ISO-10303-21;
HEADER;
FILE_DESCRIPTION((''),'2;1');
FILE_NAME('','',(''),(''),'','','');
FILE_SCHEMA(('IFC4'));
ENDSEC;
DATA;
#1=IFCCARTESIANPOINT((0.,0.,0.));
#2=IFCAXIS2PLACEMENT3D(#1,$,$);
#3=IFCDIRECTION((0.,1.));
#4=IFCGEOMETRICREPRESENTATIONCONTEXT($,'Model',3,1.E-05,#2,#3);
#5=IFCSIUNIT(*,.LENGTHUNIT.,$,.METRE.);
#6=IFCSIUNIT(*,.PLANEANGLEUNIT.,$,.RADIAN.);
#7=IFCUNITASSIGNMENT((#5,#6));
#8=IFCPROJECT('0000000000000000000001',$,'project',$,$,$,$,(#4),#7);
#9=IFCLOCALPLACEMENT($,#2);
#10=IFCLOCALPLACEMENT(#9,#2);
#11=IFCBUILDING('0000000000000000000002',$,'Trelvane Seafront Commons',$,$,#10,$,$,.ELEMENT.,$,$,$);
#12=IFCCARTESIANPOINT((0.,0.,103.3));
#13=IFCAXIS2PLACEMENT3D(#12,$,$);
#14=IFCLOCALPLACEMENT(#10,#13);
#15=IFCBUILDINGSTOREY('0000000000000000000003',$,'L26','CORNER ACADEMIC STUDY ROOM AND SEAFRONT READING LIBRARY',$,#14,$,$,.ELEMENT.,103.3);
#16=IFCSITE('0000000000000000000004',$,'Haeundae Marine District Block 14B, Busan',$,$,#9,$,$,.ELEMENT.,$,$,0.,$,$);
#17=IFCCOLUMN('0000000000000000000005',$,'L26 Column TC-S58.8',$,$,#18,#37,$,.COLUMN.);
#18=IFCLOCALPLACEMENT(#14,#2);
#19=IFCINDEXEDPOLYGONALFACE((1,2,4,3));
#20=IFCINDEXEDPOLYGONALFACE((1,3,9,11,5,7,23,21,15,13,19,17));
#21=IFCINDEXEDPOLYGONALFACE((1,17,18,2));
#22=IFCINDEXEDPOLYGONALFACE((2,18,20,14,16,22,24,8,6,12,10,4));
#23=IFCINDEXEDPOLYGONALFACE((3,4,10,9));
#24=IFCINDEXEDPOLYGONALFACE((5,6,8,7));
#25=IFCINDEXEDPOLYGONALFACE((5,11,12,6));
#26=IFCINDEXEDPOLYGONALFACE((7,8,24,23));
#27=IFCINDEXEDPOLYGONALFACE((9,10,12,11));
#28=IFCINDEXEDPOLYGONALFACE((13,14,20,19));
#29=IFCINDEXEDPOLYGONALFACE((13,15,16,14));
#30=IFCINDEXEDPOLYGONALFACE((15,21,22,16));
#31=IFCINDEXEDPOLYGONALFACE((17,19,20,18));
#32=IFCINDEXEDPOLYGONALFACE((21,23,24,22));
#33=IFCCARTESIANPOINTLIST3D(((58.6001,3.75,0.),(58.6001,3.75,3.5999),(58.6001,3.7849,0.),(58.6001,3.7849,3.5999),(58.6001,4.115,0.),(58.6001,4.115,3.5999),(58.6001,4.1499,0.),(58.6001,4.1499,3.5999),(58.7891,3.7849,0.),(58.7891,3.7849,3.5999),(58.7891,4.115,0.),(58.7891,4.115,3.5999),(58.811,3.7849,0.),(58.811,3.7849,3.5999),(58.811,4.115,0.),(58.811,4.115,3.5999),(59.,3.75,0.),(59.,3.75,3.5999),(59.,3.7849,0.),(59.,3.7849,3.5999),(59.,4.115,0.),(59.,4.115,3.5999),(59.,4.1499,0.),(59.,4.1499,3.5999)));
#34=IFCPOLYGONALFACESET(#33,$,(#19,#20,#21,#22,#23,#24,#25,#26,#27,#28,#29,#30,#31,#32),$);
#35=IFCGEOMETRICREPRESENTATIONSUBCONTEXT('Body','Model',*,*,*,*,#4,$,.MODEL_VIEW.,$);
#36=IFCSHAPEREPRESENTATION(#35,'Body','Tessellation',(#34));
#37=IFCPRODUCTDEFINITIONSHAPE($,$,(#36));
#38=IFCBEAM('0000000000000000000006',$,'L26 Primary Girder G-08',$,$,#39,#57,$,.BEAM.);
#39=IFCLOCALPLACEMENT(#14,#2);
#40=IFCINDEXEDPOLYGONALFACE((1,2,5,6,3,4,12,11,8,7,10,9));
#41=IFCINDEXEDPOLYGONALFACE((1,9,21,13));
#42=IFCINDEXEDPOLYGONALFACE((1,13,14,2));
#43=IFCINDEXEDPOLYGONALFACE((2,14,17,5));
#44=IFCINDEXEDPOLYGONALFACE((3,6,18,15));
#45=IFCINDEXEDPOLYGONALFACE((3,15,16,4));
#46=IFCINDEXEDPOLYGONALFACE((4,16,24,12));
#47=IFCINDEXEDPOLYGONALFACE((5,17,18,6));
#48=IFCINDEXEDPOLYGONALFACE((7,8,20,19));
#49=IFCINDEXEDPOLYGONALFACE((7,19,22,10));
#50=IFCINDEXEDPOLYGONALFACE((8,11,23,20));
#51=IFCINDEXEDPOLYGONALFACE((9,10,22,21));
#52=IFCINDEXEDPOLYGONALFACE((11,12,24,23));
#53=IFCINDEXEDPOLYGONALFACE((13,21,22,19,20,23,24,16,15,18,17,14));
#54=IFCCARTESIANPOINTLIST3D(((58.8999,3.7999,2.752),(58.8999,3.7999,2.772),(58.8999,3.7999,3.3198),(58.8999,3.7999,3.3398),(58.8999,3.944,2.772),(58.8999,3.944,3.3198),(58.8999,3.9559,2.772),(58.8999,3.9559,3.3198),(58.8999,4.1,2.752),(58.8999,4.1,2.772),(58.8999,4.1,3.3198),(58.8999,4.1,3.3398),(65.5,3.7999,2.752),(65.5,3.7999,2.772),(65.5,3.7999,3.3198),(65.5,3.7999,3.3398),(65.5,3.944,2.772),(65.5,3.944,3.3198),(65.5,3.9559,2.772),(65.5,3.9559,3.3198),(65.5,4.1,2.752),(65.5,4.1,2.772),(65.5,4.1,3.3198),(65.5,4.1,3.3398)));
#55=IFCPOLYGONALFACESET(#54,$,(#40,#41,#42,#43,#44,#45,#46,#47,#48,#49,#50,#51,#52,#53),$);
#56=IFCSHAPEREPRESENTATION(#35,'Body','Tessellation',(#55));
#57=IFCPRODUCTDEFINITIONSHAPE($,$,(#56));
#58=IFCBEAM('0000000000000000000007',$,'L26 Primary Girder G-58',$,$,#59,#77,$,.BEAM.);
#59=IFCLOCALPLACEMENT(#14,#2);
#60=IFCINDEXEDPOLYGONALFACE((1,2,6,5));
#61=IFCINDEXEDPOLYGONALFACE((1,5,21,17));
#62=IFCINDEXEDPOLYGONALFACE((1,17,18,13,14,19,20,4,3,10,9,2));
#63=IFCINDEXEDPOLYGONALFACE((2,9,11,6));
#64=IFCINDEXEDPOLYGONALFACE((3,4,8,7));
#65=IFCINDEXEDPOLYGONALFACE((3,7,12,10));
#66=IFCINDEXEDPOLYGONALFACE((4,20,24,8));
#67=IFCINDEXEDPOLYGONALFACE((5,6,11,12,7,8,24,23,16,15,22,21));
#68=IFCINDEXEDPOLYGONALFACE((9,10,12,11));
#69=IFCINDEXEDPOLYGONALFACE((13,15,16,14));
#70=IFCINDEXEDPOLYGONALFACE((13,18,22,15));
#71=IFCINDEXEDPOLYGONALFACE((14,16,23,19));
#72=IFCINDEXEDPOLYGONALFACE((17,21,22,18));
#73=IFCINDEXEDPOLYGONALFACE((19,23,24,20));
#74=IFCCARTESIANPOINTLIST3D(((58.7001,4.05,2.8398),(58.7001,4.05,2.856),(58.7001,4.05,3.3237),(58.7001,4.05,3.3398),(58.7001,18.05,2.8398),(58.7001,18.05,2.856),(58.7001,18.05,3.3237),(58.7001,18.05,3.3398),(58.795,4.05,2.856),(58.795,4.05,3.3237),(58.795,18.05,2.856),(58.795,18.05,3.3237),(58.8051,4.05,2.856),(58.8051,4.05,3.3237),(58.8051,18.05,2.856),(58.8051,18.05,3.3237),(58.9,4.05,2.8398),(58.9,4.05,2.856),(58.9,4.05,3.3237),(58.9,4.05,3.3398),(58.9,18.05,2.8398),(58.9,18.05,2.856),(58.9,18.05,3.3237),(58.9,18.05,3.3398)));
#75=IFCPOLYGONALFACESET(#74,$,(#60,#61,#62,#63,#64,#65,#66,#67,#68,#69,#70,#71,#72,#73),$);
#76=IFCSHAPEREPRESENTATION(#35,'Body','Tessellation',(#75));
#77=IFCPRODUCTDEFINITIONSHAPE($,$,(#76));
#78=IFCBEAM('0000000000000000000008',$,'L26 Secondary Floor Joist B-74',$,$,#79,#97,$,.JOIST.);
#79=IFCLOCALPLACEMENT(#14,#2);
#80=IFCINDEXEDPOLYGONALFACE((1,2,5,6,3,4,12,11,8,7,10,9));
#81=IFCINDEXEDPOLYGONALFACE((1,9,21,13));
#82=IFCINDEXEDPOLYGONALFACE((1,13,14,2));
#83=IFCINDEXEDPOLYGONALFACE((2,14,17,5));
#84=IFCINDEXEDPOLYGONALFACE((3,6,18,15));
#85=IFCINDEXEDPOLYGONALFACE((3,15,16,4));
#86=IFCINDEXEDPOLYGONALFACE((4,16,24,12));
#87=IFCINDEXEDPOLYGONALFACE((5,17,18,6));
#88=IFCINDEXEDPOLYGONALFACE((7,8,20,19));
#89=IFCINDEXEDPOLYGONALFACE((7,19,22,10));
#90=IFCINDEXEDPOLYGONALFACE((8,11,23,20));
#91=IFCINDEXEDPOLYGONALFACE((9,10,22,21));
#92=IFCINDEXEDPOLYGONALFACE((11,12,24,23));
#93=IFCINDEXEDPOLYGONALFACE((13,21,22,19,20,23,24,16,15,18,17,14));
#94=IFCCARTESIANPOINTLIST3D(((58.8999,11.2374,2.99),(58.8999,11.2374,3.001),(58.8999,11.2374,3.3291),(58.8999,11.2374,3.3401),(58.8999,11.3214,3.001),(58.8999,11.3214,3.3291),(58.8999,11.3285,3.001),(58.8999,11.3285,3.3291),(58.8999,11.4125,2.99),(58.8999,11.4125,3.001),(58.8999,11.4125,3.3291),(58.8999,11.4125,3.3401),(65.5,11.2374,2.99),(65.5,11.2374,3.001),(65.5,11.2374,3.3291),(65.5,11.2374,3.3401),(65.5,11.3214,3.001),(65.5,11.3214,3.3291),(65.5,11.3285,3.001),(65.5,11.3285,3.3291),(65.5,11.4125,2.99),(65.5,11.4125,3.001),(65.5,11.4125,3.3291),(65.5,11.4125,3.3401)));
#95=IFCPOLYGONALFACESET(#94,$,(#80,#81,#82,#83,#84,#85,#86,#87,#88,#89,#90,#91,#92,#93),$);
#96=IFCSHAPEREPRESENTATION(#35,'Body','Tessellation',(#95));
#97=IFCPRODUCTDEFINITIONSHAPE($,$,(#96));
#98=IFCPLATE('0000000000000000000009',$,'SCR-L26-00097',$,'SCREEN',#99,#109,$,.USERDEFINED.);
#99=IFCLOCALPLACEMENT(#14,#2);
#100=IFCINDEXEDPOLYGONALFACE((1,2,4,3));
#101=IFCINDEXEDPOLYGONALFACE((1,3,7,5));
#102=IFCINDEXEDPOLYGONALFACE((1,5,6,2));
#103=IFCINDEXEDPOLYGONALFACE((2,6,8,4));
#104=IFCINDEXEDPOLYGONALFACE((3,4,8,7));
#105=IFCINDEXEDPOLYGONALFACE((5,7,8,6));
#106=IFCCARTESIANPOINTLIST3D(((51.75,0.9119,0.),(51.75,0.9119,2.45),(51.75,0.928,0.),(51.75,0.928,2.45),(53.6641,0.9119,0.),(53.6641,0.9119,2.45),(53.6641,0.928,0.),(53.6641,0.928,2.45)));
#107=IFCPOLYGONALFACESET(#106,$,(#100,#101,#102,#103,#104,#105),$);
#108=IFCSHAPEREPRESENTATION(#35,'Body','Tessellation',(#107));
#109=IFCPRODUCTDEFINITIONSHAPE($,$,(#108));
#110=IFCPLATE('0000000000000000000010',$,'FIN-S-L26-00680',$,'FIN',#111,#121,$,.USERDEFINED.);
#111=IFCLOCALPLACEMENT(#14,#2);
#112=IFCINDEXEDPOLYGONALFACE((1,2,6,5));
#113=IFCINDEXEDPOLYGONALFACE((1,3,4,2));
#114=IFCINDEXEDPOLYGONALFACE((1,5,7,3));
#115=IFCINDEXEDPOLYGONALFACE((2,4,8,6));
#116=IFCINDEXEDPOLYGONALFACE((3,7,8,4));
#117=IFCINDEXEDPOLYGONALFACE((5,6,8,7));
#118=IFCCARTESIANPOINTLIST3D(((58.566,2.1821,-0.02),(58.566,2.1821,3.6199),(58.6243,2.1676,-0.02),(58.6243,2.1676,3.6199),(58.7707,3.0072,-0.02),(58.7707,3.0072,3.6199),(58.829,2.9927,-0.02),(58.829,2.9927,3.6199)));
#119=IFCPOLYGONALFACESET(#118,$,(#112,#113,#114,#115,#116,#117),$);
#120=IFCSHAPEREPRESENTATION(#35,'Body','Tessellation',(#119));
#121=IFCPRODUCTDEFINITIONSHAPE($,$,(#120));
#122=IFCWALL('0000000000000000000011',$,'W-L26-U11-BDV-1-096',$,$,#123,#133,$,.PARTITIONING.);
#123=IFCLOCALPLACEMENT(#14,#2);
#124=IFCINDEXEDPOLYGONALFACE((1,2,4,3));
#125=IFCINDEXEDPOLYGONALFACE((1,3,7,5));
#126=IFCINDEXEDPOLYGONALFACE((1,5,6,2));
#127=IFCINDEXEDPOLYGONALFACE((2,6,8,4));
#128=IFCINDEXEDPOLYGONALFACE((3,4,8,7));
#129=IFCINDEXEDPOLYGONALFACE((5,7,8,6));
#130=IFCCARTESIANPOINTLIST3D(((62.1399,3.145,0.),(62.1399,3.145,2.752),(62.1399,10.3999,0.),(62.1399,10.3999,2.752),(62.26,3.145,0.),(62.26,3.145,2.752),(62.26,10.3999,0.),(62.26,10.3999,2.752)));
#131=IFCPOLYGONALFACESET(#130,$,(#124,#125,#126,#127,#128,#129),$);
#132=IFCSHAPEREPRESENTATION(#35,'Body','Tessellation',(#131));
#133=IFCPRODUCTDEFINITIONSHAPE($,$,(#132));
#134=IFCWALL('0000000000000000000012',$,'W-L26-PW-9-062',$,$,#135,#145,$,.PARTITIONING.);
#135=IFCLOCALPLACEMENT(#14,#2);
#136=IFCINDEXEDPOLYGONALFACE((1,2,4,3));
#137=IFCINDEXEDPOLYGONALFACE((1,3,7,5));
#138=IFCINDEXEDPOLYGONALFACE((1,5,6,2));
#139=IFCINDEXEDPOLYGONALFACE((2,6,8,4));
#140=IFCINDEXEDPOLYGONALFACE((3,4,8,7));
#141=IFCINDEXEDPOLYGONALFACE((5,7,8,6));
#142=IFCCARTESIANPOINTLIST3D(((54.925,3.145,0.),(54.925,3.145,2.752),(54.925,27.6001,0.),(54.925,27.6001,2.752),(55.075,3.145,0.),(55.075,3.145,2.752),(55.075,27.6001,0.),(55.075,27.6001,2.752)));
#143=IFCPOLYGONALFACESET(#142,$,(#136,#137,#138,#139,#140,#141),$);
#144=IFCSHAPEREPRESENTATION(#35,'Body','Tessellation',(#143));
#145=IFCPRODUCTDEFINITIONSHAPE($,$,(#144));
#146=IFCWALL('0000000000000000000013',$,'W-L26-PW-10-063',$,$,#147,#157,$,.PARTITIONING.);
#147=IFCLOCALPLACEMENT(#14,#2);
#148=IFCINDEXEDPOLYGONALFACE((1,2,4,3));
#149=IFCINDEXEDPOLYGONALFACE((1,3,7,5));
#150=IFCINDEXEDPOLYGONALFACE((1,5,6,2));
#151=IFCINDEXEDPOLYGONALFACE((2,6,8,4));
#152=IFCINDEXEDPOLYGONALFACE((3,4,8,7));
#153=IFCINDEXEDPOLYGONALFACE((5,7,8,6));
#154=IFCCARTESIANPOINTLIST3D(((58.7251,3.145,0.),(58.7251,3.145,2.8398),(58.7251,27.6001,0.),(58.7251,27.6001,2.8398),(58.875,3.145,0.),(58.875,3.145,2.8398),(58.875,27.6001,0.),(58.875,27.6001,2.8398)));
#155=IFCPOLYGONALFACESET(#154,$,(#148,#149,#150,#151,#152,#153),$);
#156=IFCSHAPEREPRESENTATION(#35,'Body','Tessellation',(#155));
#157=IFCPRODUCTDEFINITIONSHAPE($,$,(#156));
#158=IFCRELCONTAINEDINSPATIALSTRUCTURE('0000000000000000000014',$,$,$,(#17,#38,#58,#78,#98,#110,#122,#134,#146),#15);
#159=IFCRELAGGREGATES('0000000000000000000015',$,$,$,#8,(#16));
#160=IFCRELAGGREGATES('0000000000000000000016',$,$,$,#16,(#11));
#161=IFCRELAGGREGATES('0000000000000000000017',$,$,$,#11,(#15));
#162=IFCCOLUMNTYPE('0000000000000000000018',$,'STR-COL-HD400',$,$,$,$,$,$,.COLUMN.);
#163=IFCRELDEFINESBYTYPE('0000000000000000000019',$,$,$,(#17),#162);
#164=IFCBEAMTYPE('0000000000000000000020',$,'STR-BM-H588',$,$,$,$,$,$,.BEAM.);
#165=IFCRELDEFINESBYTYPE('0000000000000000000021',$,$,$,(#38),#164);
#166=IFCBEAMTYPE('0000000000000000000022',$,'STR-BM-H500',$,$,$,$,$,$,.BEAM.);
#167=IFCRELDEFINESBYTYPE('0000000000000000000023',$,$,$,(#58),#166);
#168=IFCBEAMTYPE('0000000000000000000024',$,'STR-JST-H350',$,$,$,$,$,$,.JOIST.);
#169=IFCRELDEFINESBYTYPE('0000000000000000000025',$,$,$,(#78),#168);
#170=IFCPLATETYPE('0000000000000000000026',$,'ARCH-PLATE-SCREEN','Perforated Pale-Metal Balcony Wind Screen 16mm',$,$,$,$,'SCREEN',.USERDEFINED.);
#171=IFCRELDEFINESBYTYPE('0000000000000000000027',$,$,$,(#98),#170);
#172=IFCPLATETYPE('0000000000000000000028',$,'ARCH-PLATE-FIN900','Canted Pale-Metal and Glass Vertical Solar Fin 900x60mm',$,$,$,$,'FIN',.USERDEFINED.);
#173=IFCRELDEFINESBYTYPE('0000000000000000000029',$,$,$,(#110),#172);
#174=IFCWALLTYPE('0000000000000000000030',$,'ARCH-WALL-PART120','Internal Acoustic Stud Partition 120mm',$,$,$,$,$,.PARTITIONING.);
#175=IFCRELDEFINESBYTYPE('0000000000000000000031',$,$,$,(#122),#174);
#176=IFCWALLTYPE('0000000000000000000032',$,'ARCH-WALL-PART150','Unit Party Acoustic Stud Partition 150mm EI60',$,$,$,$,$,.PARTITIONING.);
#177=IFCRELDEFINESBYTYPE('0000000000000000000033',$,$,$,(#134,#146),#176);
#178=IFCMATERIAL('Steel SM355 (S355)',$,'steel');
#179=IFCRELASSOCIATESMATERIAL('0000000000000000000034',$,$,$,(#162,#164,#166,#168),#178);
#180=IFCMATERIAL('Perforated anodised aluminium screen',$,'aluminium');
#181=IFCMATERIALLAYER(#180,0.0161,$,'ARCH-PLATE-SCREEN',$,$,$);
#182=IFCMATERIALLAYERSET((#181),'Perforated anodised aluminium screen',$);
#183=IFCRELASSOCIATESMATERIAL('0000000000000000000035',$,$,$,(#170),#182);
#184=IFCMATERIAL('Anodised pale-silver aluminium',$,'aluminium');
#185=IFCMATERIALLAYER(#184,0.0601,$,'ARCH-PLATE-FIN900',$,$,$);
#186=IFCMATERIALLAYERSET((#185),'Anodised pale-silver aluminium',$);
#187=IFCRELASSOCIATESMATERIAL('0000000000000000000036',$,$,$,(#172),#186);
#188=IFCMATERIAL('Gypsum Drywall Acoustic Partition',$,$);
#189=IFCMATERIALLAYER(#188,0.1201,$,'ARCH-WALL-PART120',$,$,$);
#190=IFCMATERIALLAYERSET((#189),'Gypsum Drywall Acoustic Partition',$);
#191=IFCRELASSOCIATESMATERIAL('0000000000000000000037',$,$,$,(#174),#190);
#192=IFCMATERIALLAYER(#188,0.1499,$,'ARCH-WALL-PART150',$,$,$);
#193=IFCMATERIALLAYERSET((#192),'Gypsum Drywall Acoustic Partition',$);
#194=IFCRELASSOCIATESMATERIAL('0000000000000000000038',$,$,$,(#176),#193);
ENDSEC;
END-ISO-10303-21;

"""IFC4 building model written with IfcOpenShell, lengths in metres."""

from ifc_helpers import new_model, si_unit, direction, frame, frame_2d, origin, origin_2d, place, context, subcontext, project, spatial, rectangle, i_section, extrude, source, transform, mapped, material, layer, layer_set, material_profile, profile_set, type_object, element, save


model = new_model("IFC4")

# Units and contexts
model_context = context("Model", 3, precision=1e-05, world=origin(), true_north=direction((0.0, 1.0)))
body_context = subcontext(model_context, "Body", "Model", "MODEL_VIEW")
ifc_project = project(units=[si_unit("LENGTHUNIT", "METRE"), si_unit("PLANEANGLEUNIT", "RADIAN")], contexts=[model_context])

# Site, building, storey
site_placement = place(None, origin())
site = spatial("IfcSite", under=ifc_project, at=site_placement, Name="Haeundae Marine District Block 14B, Busan", CompositionType="ELEMENT", RefElevation=0.0)
building_placement = place(site_placement, origin())
building = spatial("IfcBuilding", under=site, at=building_placement, Name="Trelvane Seafront Commons", CompositionType="ELEMENT")
storey_placement = place(building_placement, frame((0.0, 0.0, 103.3)))
storey = spatial("IfcBuildingStorey", under=building, at=storey_placement, Name="L26", Description="CORNER ACADEMIC STUDY ROOM AND SEAFRONT READING LIBRARY", CompositionType="ELEMENT", Elevation=103.3)

# Column
ifc_material_1 = material(Name="Steel SM355 (S355)", Category="steel")
ifc_material_profile_1 = material_profile(ifc_material_1, i_section(OverallWidth=0.3999, OverallDepth=0.3999, WebThickness=0.022, FlangeThickness=0.0349, at=origin_2d()), Name="HD-400x400x22x35")
ifc_profile_set_1 = profile_set([ifc_material_profile_1], Name="Steel SM355 (S355)")
column_type = type_object("IfcColumnType", Name="STR-COL-HD400", PredefinedType="COLUMN", material=ifc_profile_set_1)
shared_shape_1 = source(origin(), body_context, "Body", "SweptSolid", [
    extrude(i_section(OverallWidth=0.3999, OverallDepth=0.3999, WebThickness=0.022, FlangeThickness=0.0349, at=origin_2d()), origin(), (0.0, 0.0, 1.0), 3.5999),
])
column_placement = place(storey_placement, frame((58.8, 3.95, 0.0), z_axis=(0.0, 0.0, 1.0), x_axis=(1.0, 0.0, 0.0)))
element("IfcColumn", 1, at=column_placement, inside=storey, type_object=column_type, Name="L26 Column TC-S58.8", PredefinedType="COLUMN", context=body_context, shape_type="MappedRepresentation", body=[
    mapped(shared_shape_1, transform((0.0, 0.0, 0.0), x_axis=(1.0, 0.0, 0.0), y_axis=(0.0, 1.0, 0.0), z_axis=(0.0, 0.0, 1.0), scale=1.0)),
])

# Beams
ifc_material_profile_2 = material_profile(ifc_material_1, i_section(OverallWidth=0.3, OverallDepth=0.5879, WebThickness=0.012, FlangeThickness=0.02, at=origin_2d()), Name="H-588x300x12x20")
ifc_profile_set_2 = profile_set([ifc_material_profile_2], Name="Steel SM355 (S355)")
beam_type_1 = type_object("IfcBeamType", Name="STR-BM-H588", PredefinedType="BEAM", material=ifc_profile_set_2)
shared_shape_2 = source(origin(), body_context, "Body", "SweptSolid", [
    extrude(i_section(OverallWidth=0.3, OverallDepth=0.5879, WebThickness=0.012, FlangeThickness=0.02, at=origin_2d()), origin(), (0.0, 0.0, 1.0), 6.6001),
])
beam_1_placement = place(storey_placement, frame((58.8999, 3.95, 3.0459), z_axis=(1.0, 0.0, 0.0), x_axis=(0.0, 1.0, 0.0)))
element("IfcBeam", 2, at=beam_1_placement, inside=storey, type_object=beam_type_1, Name="L26 Primary Girder G-08", PredefinedType="BEAM", context=body_context, shape_type="MappedRepresentation", body=[
    mapped(shared_shape_2, transform((0.0, 0.0, 0.0), x_axis=(1.0, 0.0, 0.0), y_axis=(0.0, 1.0, 0.0), z_axis=(0.0, 0.0, 1.0), scale=1.0)),
])
ifc_material_profile_3 = material_profile(ifc_material_1, i_section(OverallWidth=0.2, OverallDepth=0.5, WebThickness=0.01, FlangeThickness=0.0161, at=origin_2d()), Name="H-500x200x10x16")
ifc_profile_set_3 = profile_set([ifc_material_profile_3], Name="Steel SM355 (S355)")
beam_type_2 = type_object("IfcBeamType", Name="STR-BM-H500", PredefinedType="BEAM", material=ifc_profile_set_3)
shared_shape_3 = source(origin(), body_context, "Body", "SweptSolid", [
    extrude(i_section(OverallWidth=0.2, OverallDepth=0.5, WebThickness=0.01, FlangeThickness=0.0161, at=origin_2d()), origin(), (0.0, 0.0, 1.0), 14.0),
])
beam_2_placement = place(storey_placement, frame((58.8, 4.05, 3.0898), z_axis=(0.0, 1.0, 0.0), x_axis=(-1.0, 0.0, 0.0)))
element("IfcBeam", 3, at=beam_2_placement, inside=storey, type_object=beam_type_2, Name="L26 Primary Girder G-58", PredefinedType="BEAM", context=body_context, shape_type="MappedRepresentation", body=[
    mapped(shared_shape_3, transform((0.0, 0.0, 0.0), x_axis=(1.0, 0.0, 0.0), y_axis=(0.0, 1.0, 0.0), z_axis=(0.0, 0.0, 1.0), scale=1.0)),
])
ifc_material_profile_4 = material_profile(ifc_material_1, i_section(OverallWidth=0.175, OverallDepth=0.3501, WebThickness=0.0071, FlangeThickness=0.011, at=origin_2d()), Name="H-350x175x7x11")
ifc_profile_set_4 = profile_set([ifc_material_profile_4], Name="Steel SM355 (S355)")
beam_type_3 = type_object("IfcBeamType", Name="STR-JST-H350", PredefinedType="JOIST", material=ifc_profile_set_4)
shared_shape_4 = source(origin(), body_context, "Body", "SweptSolid", [
    extrude(i_section(OverallWidth=0.175, OverallDepth=0.3501, WebThickness=0.0071, FlangeThickness=0.011, at=origin_2d()), origin(), (0.0, 0.0, 1.0), 6.6001),
])
beam_3_placement = place(storey_placement, frame((58.8999, 11.325, 3.165), z_axis=(1.0, 0.0, 0.0), x_axis=(0.0, 1.0, 0.0)))
element("IfcBeam", 4, at=beam_3_placement, inside=storey, type_object=beam_type_3, Name="L26 Secondary Floor Joist B-74", PredefinedType="JOIST", context=body_context, shape_type="MappedRepresentation", body=[
    mapped(shared_shape_4, transform((0.0, 0.0, 0.0), x_axis=(1.0, 0.0, 0.0), y_axis=(0.0, 1.0, 0.0), z_axis=(0.0, 0.0, 1.0), scale=1.0)),
])

# Plates
ifc_material_2 = material(Name="Perforated anodised aluminium screen", Category="aluminium")
ifc_layer_1 = layer(ifc_material_2, 0.0161, Name="ARCH-PLATE-SCREEN")
ifc_layer_set_1 = layer_set([ifc_layer_1], Name="Perforated anodised aluminium screen")
plate_type_1 = type_object("IfcPlateType", Name="ARCH-PLATE-SCREEN", Description="Perforated Pale-Metal Balcony Wind Screen 16mm", ElementType="SCREEN", PredefinedType="USERDEFINED", material=ifc_layer_set_1)
shared_shape_5 = source(origin(), body_context, "Body", "SweptSolid", [
    extrude(rectangle(XDim=1.9141, YDim=0.0161, at=origin_2d()), origin(), (0.0, 0.0, 1.0), 2.45),
])
plate_1_placement = place(storey_placement, frame((52.707, 0.9199, 0.0), z_axis=(0.0, 0.0, 1.0), x_axis=(1.0, 0.0, 0.0)))
element("IfcPlate", 5, at=plate_1_placement, inside=storey, type_object=plate_type_1, Name="SCR-L26-00097", ObjectType="SCREEN", PredefinedType="USERDEFINED", context=body_context, shape_type="MappedRepresentation", body=[
    mapped(shared_shape_5, transform((0.0, 0.0, 0.0), x_axis=(1.0, 0.0, 0.0), y_axis=(0.0, 1.0, 0.0), z_axis=(0.0, 0.0, 1.0), scale=1.0)),
])
ifc_material_3 = material(Name="Anodised pale-silver aluminium", Category="aluminium")
ifc_layer_2 = layer(ifc_material_3, 0.0601, Name="ARCH-PLATE-FIN900")
ifc_layer_set_2 = layer_set([ifc_layer_2], Name="Anodised pale-silver aluminium")
plate_type_2 = type_object("IfcPlateType", Name="ARCH-PLATE-FIN900", Description="Canted Pale-Metal and Glass Vertical Solar Fin 900x60mm", ElementType="FIN", PredefinedType="USERDEFINED", material=ifc_layer_set_2)
shared_shape_6 = source(origin(), body_context, "Body", "SweptSolid", [
    extrude(rectangle(XDim=0.8501, YDim=0.0601, at=origin_2d()), origin(), (0.0, 0.0, 1.0), 3.6399),
])
plate_2_placement = place(storey_placement, frame((58.6975, 2.5874, -0.02), z_axis=(0.0, 0.0, 1.0), x_axis=(-0.240819, -0.97057, 0.0)))
element("IfcPlate", 6, at=plate_2_placement, inside=storey, type_object=plate_type_2, Name="FIN-S-L26-00680", ObjectType="FIN", PredefinedType="USERDEFINED", context=body_context, shape_type="MappedRepresentation", body=[
    mapped(shared_shape_6, transform((0.0, 0.0, 0.0), x_axis=(1.0, 0.0, 0.0), y_axis=(0.0, 1.0, 0.0), z_axis=(0.0, 0.0, 1.0), scale=1.0)),
])

# Shared definitions
ifc_material_4 = material(Name="Gypsum Drywall Acoustic Partition")
ifc_layer_3 = layer(ifc_material_4, 0.1201, Name="ARCH-WALL-PART120")
ifc_layer_set_3 = layer_set([ifc_layer_3], Name="Gypsum Drywall Acoustic Partition")
wall_type_1 = type_object("IfcWallType", Name="ARCH-WALL-PART120", Description="Internal Acoustic Stud Partition 120mm", PredefinedType="PARTITIONING", material=ifc_layer_set_3)

# Walls
wall_1_placement = place(storey_placement, frame((62.2, 3.145, 0.0), z_axis=(0.0, 0.0, 1.0), x_axis=(0.0, 1.0, 0.0)))
element("IfcWall", 7, at=wall_1_placement, inside=storey, type_object=wall_type_1, Name="W-L26-U11-BDV-1-096", PredefinedType="PARTITIONING", context=body_context, shape_type="SweptSolid", body=[
    extrude(rectangle(XDim=7.2549, YDim=0.1201, at=frame_2d((3.6274, 0.0))), origin(), (0.0, 0.0, 1.0), 2.752),
])
ifc_layer_4 = layer(ifc_material_4, 0.1499, Name="ARCH-WALL-PART150")
ifc_layer_set_4 = layer_set([ifc_layer_4], Name="Gypsum Drywall Acoustic Partition")
wall_type_2 = type_object("IfcWallType", Name="ARCH-WALL-PART150", Description="Unit Party Acoustic Stud Partition 150mm EI60", PredefinedType="PARTITIONING", material=ifc_layer_set_4)
wall_2_placement = place(storey_placement, frame((55.0, 3.145, 0.0), z_axis=(0.0, 0.0, 1.0), x_axis=(0.0, 1.0, 0.0)))
element("IfcWall", 8, at=wall_2_placement, inside=storey, type_object=wall_type_2, Name="W-L26-PW-9-062", PredefinedType="PARTITIONING", context=body_context, shape_type="SweptSolid", body=[
    extrude(rectangle(XDim=24.4551, YDim=0.1499, at=frame_2d((12.2275, 0.0))), origin(), (0.0, 0.0, 1.0), 2.752),
])
wall_3_placement = place(storey_placement, frame((58.8, 3.145, 0.0), z_axis=(0.0, 0.0, 1.0), x_axis=(0.0, 1.0, 0.0)))
element("IfcWall", 9, at=wall_3_placement, inside=storey, type_object=wall_type_2, Name="W-L26-PW-10-063", PredefinedType="PARTITIONING", context=body_context, shape_type="SweptSolid", body=[
    extrude(rectangle(XDim=24.4551, YDim=0.1499, at=frame_2d((12.2275, 0.0))), origin(), (0.0, 0.0, 1.0), 2.8398),
])

save(model, "model.ifc")
